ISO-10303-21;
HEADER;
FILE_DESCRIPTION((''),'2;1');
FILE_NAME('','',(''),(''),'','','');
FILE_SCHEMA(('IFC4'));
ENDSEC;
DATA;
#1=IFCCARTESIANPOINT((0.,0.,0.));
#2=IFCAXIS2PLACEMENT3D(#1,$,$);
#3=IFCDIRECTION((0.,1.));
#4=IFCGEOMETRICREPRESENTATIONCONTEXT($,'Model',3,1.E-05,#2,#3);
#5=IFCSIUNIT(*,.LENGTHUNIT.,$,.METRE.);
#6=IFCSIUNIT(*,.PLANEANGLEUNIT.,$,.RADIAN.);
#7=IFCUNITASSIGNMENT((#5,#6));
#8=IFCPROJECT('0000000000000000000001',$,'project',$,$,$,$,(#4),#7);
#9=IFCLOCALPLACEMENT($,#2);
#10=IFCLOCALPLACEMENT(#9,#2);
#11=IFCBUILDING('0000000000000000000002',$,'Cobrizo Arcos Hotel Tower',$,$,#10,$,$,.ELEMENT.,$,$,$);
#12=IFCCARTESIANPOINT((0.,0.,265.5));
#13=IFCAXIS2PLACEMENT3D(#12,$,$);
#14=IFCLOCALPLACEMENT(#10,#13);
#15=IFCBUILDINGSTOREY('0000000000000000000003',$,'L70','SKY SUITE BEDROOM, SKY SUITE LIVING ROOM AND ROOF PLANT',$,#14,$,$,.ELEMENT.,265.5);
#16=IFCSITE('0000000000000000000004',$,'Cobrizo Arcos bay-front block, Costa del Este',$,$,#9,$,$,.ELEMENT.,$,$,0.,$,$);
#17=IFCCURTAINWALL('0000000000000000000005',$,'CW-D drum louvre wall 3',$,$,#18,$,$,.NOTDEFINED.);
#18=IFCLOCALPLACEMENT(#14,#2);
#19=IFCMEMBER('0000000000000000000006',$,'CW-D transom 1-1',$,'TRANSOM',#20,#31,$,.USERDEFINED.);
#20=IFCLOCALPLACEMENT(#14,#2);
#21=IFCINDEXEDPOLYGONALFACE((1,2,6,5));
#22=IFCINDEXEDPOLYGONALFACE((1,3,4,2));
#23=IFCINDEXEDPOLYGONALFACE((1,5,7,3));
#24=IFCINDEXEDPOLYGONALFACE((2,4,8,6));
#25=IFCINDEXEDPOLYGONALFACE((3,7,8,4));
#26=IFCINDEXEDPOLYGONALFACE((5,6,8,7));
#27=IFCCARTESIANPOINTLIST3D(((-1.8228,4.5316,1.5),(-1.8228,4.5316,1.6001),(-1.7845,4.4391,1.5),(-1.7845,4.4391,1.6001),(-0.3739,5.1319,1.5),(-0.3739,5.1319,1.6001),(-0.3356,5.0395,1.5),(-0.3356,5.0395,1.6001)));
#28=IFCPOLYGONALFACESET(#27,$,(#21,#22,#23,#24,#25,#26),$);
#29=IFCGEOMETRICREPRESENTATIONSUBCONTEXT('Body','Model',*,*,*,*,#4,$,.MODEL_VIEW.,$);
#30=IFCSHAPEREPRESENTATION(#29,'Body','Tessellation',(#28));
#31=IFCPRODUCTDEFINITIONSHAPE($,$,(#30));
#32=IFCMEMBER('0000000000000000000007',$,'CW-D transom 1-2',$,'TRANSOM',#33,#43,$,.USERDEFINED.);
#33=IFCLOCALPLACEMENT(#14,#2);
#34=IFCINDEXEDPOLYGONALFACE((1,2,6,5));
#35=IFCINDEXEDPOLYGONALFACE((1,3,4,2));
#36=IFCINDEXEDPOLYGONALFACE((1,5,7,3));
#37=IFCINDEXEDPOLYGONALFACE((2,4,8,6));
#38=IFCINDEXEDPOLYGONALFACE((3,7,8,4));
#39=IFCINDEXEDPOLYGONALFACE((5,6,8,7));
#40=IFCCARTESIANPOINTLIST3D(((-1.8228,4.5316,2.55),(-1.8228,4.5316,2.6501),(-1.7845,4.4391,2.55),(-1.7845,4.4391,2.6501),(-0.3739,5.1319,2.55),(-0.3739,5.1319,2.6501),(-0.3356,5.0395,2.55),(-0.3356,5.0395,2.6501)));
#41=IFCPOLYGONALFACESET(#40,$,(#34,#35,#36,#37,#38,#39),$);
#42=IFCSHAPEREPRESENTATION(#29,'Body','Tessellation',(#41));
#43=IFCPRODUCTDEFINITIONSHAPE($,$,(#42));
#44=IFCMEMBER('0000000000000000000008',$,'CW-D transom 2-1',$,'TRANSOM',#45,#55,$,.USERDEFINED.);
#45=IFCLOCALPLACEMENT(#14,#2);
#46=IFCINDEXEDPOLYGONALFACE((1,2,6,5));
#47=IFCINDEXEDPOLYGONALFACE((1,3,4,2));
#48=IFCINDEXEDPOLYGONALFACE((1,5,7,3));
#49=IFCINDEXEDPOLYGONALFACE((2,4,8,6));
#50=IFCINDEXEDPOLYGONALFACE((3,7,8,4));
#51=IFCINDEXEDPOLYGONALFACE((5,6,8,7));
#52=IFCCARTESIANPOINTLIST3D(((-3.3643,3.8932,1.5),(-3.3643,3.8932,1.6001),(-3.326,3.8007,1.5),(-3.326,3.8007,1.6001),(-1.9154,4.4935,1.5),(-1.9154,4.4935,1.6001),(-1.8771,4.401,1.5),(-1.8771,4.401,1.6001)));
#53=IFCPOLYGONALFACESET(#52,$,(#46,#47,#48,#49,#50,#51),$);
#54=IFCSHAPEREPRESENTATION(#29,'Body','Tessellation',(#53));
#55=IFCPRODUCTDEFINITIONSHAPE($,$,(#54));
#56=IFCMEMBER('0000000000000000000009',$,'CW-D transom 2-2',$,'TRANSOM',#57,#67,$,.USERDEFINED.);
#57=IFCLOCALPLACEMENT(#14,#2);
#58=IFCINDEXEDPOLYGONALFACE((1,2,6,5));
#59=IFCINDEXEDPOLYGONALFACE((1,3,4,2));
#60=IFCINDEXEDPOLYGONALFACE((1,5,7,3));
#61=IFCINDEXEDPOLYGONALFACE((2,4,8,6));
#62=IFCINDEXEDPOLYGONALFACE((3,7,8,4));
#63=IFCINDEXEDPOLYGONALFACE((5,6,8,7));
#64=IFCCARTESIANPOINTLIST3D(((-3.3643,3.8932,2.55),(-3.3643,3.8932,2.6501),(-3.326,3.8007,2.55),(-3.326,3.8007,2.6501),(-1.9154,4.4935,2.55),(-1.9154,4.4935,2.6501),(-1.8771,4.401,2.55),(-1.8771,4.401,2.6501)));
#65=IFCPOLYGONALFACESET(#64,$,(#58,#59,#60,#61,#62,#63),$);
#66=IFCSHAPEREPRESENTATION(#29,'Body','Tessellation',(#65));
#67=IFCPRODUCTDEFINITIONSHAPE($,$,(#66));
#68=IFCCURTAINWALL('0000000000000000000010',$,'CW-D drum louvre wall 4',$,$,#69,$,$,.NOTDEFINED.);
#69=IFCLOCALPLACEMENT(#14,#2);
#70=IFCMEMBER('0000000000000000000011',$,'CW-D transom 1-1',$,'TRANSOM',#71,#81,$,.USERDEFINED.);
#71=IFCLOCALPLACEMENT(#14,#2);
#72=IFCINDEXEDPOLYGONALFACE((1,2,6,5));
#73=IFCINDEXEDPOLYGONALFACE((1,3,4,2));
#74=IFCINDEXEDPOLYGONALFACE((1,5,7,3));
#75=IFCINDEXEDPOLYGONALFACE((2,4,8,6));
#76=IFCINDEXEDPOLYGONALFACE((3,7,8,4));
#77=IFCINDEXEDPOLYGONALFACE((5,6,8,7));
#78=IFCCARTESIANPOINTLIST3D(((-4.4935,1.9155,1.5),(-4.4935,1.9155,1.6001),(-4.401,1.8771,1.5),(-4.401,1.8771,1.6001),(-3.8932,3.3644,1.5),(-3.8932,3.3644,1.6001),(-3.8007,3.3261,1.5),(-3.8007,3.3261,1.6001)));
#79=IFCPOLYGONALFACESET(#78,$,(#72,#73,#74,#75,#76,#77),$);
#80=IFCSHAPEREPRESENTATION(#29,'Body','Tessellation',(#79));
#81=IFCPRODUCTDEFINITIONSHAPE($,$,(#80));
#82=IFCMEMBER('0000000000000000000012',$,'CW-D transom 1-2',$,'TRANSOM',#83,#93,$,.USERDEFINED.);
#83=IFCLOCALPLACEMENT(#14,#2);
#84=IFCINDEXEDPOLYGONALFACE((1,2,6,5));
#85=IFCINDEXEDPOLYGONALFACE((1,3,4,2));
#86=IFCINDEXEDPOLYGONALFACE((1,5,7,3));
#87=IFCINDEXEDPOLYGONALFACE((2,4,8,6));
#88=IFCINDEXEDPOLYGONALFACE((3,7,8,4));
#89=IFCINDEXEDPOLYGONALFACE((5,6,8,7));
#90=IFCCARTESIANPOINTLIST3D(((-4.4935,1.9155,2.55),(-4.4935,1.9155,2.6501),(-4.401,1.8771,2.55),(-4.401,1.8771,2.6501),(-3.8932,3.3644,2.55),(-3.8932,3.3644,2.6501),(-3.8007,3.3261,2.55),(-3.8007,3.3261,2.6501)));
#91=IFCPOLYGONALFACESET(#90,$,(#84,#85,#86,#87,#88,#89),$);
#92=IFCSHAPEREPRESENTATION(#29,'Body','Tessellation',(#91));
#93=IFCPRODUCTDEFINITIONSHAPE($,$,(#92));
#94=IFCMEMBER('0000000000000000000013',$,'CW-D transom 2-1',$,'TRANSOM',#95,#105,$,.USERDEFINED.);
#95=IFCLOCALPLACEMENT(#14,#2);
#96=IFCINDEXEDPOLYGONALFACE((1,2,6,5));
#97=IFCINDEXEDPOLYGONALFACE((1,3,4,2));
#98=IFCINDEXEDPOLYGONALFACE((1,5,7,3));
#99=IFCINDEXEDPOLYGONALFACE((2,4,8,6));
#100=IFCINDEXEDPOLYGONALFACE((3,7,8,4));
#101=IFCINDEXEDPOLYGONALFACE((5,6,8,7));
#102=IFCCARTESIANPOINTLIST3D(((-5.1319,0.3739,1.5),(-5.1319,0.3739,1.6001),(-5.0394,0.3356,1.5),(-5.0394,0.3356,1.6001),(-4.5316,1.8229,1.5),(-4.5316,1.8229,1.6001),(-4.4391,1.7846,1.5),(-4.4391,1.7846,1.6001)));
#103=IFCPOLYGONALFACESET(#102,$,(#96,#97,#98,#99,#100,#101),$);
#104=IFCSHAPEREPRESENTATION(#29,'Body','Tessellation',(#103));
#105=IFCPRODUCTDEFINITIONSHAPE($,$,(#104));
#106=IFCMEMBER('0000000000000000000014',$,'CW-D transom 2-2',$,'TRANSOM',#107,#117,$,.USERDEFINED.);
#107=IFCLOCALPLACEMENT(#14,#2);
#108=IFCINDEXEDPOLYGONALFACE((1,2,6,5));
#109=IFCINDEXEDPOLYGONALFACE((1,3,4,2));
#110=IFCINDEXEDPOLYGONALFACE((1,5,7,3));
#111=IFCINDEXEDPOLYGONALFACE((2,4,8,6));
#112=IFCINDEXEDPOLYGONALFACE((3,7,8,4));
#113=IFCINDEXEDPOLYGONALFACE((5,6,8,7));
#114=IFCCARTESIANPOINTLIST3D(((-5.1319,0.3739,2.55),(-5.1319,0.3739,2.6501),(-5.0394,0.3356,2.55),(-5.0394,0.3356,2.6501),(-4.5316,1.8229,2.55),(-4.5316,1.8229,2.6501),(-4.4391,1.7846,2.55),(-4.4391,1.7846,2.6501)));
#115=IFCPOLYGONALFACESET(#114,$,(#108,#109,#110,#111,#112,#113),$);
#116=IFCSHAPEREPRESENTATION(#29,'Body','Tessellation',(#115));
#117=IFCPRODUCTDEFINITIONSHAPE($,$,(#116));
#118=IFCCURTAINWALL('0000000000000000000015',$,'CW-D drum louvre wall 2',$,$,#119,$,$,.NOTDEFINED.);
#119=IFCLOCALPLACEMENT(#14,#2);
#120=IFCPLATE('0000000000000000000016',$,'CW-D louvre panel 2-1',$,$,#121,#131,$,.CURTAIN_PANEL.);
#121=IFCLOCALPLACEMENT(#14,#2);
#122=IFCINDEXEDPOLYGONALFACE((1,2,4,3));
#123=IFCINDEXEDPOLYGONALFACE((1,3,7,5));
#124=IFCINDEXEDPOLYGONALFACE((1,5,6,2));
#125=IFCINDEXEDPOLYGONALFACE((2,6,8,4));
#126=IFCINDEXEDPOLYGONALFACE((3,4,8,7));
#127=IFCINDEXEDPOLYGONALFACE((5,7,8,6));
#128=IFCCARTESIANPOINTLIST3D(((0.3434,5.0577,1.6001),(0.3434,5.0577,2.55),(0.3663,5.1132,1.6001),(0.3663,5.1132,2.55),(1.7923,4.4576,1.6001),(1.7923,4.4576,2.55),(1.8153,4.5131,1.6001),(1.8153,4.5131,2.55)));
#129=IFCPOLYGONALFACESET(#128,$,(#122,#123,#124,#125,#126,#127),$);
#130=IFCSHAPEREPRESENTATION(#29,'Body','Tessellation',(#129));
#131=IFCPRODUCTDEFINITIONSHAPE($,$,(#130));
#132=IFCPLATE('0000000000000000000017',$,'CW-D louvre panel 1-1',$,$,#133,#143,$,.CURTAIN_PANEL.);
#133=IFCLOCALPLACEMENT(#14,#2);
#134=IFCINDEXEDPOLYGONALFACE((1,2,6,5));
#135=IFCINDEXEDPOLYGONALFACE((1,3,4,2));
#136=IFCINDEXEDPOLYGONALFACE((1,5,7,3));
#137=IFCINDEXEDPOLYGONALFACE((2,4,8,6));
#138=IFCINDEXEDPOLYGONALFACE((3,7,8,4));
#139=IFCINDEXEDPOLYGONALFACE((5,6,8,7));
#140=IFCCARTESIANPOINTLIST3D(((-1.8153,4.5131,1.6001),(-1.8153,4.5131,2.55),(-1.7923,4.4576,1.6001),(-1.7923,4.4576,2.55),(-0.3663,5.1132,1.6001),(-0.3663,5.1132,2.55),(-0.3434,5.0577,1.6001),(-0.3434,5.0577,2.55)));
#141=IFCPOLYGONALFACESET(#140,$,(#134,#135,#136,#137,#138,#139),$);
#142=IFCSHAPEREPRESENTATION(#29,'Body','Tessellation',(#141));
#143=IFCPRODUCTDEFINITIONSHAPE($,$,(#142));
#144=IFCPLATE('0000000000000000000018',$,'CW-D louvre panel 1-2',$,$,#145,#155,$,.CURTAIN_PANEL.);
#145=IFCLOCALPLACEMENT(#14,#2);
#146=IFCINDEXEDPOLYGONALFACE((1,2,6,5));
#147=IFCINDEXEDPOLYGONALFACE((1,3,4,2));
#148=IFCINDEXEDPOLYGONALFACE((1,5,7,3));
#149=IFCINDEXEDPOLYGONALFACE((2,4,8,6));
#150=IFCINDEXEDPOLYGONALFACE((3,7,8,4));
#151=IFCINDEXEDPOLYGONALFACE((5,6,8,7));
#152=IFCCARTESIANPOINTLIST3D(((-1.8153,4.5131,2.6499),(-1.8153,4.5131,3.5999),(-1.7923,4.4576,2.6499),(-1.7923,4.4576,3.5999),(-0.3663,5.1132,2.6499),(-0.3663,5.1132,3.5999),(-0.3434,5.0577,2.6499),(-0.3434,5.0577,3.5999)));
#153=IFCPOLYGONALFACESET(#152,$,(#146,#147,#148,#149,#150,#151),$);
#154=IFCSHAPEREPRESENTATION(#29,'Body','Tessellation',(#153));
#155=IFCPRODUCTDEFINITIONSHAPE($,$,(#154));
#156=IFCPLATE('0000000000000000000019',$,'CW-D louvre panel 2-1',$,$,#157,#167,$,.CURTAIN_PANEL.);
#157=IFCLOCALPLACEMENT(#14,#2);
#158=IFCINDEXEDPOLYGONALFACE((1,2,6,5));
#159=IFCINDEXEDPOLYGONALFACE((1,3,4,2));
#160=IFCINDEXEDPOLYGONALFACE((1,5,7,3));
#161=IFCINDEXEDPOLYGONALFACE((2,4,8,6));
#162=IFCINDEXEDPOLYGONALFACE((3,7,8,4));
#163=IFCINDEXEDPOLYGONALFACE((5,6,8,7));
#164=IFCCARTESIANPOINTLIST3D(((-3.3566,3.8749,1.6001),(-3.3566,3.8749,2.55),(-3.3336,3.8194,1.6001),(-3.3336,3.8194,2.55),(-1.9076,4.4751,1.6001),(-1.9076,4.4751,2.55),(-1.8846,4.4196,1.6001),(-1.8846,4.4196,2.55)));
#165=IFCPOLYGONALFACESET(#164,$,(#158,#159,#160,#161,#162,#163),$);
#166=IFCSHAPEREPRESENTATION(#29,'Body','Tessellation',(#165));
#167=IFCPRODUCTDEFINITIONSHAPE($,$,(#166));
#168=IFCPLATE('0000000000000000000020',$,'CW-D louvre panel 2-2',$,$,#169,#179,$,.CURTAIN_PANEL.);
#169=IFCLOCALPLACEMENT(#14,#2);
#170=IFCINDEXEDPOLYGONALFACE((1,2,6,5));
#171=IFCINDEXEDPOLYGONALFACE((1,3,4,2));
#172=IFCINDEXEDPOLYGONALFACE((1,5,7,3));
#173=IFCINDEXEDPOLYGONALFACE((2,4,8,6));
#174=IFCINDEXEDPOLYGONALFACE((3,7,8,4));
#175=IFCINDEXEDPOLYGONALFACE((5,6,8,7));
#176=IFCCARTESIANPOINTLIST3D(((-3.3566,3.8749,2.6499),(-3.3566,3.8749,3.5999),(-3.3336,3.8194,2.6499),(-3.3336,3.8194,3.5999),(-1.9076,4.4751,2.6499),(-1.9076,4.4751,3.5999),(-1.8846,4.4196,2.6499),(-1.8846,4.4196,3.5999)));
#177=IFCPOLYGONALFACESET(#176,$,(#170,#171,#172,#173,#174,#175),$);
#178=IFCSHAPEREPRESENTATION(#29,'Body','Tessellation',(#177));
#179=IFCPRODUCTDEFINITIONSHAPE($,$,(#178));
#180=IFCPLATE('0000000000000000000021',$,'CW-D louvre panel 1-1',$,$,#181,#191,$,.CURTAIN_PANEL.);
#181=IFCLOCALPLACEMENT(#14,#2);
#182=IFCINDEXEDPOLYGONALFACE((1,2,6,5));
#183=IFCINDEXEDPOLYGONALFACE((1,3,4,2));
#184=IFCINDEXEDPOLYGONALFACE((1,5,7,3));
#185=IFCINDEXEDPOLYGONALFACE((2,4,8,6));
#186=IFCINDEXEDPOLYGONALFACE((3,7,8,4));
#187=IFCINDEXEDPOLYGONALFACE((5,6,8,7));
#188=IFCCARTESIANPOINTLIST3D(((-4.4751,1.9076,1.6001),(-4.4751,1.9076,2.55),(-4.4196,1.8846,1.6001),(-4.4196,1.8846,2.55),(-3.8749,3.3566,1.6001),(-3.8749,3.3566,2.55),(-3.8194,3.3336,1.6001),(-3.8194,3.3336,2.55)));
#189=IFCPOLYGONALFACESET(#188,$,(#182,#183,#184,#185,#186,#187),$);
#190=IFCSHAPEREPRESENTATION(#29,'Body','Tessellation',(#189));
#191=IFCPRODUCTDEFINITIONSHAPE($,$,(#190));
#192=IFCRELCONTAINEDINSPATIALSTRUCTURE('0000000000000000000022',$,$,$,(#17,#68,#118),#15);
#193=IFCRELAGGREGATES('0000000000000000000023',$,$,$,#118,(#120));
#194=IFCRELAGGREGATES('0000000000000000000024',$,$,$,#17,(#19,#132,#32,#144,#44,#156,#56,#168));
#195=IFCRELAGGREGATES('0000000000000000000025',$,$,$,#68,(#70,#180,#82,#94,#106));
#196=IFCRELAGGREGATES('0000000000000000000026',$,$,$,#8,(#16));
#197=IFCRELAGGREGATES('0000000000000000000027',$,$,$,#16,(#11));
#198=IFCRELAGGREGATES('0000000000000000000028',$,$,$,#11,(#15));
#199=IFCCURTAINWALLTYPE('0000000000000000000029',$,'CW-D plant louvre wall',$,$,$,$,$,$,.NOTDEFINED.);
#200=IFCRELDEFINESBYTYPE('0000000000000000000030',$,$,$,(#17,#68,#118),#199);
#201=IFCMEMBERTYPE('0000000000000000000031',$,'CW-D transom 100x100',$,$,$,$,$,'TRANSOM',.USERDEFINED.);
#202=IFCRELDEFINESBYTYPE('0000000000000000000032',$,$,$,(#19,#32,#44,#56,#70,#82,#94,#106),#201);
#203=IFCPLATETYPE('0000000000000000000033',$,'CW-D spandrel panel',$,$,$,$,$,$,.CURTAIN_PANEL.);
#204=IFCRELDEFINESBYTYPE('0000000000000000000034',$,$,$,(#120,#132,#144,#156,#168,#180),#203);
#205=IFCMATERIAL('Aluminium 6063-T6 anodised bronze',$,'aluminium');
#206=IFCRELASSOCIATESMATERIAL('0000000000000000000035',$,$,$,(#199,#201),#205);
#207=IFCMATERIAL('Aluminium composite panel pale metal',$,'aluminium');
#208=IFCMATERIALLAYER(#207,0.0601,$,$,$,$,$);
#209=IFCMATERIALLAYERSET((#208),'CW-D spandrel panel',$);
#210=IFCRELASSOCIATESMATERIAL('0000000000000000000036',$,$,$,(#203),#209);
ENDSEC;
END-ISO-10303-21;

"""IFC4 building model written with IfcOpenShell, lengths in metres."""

from ifc_helpers import new_model, si_unit, direction, frame, origin, origin_2d, place, context, subcontext, project, spatial, rectangle, extrude, material, layer, layer_set, material_profile, profile_set, type_object, element, aggregate, save


model = new_model("IFC4")

# Units and contexts
model_context = context("Model", 3, precision=1e-05, world=origin(), true_north=direction((0.0, 1.0)))
body_context = subcontext(model_context, "Body", "Model", "MODEL_VIEW")
ifc_project = project(units=[si_unit("LENGTHUNIT", "METRE"), si_unit("PLANEANGLEUNIT", "RADIAN")], contexts=[model_context])

# Site, building, storey
site_placement = place(None, origin())
site = spatial("IfcSite", under=ifc_project, at=site_placement, Name="Cobrizo Arcos bay-front block, Costa del Este", CompositionType="ELEMENT", RefElevation=0.0)
building_placement = place(site_placement, origin())
building = spatial("IfcBuilding", under=site, at=building_placement, Name="Cobrizo Arcos Hotel Tower", CompositionType="ELEMENT")
storey_placement = place(building_placement, frame((0.0, 0.0, 265.5)))
storey = spatial("IfcBuildingStorey", under=building, at=storey_placement, Name="L70", Description="SKY SUITE BEDROOM, SKY SUITE LIVING ROOM AND ROOF PLANT", CompositionType="ELEMENT", Elevation=265.5)

# Curtain walls, members
ifc_material_1 = material(Name="Aluminium 6063-T6 anodised bronze", Category="aluminium")
curtain_wall_type = type_object("IfcCurtainWallType", Name="CW-D plant louvre wall", PredefinedType="NOTDEFINED", material=ifc_material_1)
curtain_wall_1_placement = place(storey_placement, origin())
curtain_wall_1 = element("IfcCurtainWall", 1, at=curtain_wall_1_placement, inside=storey, type_object=curtain_wall_type, Name="CW-D drum louvre wall 3", PredefinedType="NOTDEFINED")
ifc_material_profile = material_profile(ifc_material_1, rectangle(XDim=0.1001, YDim=0.1001, at=origin_2d()), Name="CW-D transom 100x100")
ifc_profile_set = profile_set([ifc_material_profile], Name="Aluminium 6063-T6 anodised bronze")
member_type = type_object("IfcMemberType", Name="CW-D transom 100x100", ElementType="TRANSOM", PredefinedType="USERDEFINED", material=ifc_profile_set)
member_1_placement = place(storey_placement, frame((-0.3547, 5.0857, 1.55), z_axis=(-0.923844, -0.382769, 0.0), x_axis=(0.382769, -0.923844, 0.0)))
member_1 = element("IfcMember", 2, at=member_1_placement, type_object=member_type, Name="CW-D transom 1-1", ObjectType="TRANSOM", PredefinedType="USERDEFINED", context=body_context, shape_type="SweptSolid", body=[
    extrude(rectangle(XDim=0.1001, YDim=0.1001, at=origin_2d()), origin(), (0.0, 0.0, 1.0), 1.5684),
])
member_2_placement = place(storey_placement, frame((-0.3547, 5.0857, 2.6001), z_axis=(-0.923844, -0.382769, 0.0), x_axis=(0.382769, -0.923844, 0.0)))
member_2 = element("IfcMember", 3, at=member_2_placement, type_object=member_type, Name="CW-D transom 1-2", ObjectType="TRANSOM", PredefinedType="USERDEFINED", context=body_context, shape_type="SweptSolid", body=[
    extrude(rectangle(XDim=0.1001, YDim=0.1001, at=origin_2d()), origin(), (0.0, 0.0, 1.0), 1.5684),
])
member_3_placement = place(storey_placement, frame((-1.8962, 4.4473, 1.55), z_axis=(-0.923844, -0.382769, 0.0), x_axis=(0.382769, -0.923844, 0.0)))
member_3 = element("IfcMember", 4, at=member_3_placement, type_object=member_type, Name="CW-D transom 2-1", ObjectType="TRANSOM", PredefinedType="USERDEFINED", context=body_context, shape_type="SweptSolid", body=[
    extrude(rectangle(XDim=0.1001, YDim=0.1001, at=origin_2d()), origin(), (0.0, 0.0, 1.0), 1.5684),
])
member_4_placement = place(storey_placement, frame((-1.8962, 4.4473, 2.6001), z_axis=(-0.923844, -0.382769, 0.0), x_axis=(0.382769, -0.923844, 0.0)))
member_4 = element("IfcMember", 5, at=member_4_placement, type_object=member_type, Name="CW-D transom 2-2", ObjectType="TRANSOM", PredefinedType="USERDEFINED", context=body_context, shape_type="SweptSolid", body=[
    extrude(rectangle(XDim=0.1001, YDim=0.1001, at=origin_2d()), origin(), (0.0, 0.0, 1.0), 1.5684),
])
curtain_wall_2_placement = place(storey_placement, origin())
curtain_wall_2 = element("IfcCurtainWall", 6, at=curtain_wall_2_placement, inside=storey, type_object=curtain_wall_type, Name="CW-D drum louvre wall 4", PredefinedType="NOTDEFINED")
member_5_placement = place(storey_placement, frame((-3.8469, 3.3452, 1.55), z_axis=(-0.382769, -0.923844, 0.0), x_axis=(0.923844, -0.382769, 0.0)))
member_5 = element("IfcMember", 7, at=member_5_placement, type_object=member_type, Name="CW-D transom 1-1", ObjectType="TRANSOM", PredefinedType="USERDEFINED", context=body_context, shape_type="SweptSolid", body=[
    extrude(rectangle(XDim=0.1001, YDim=0.1001, at=origin_2d()), origin(), (0.0, 0.0, 1.0), 1.5684),
])
member_6_placement = place(storey_placement, frame((-3.8469, 3.3452, 2.6001), z_axis=(-0.382769, -0.923844, 0.0), x_axis=(0.923844, -0.382769, 0.0)))
member_6 = element("IfcMember", 8, at=member_6_placement, type_object=member_type, Name="CW-D transom 1-2", ObjectType="TRANSOM", PredefinedType="USERDEFINED", context=body_context, shape_type="SweptSolid", body=[
    extrude(rectangle(XDim=0.1001, YDim=0.1001, at=origin_2d()), origin(), (0.0, 0.0, 1.0), 1.5684),
])
member_7_placement = place(storey_placement, frame((-4.4854, 1.8037, 1.55), z_axis=(-0.382769, -0.923844, 0.0), x_axis=(0.923844, -0.382769, 0.0)))
member_7 = element("IfcMember", 9, at=member_7_placement, type_object=member_type, Name="CW-D transom 2-1", ObjectType="TRANSOM", PredefinedType="USERDEFINED", context=body_context, shape_type="SweptSolid", body=[
    extrude(rectangle(XDim=0.1001, YDim=0.1001, at=origin_2d()), origin(), (0.0, 0.0, 1.0), 1.5684),
])
member_8_placement = place(storey_placement, frame((-4.4854, 1.8037, 2.6001), z_axis=(-0.382769, -0.923844, 0.0), x_axis=(0.923844, -0.382769, 0.0)))
member_8 = element("IfcMember", 10, at=member_8_placement, type_object=member_type, Name="CW-D transom 2-2", ObjectType="TRANSOM", PredefinedType="USERDEFINED", context=body_context, shape_type="SweptSolid", body=[
    extrude(rectangle(XDim=0.1001, YDim=0.1001, at=origin_2d()), origin(), (0.0, 0.0, 1.0), 1.5684),
])

# Curtain wall, plate
curtain_wall_3_placement = place(storey_placement, origin())
curtain_wall_3 = element("IfcCurtainWall", 11, at=curtain_wall_3_placement, inside=storey, type_object=curtain_wall_type, Name="CW-D drum louvre wall 2", PredefinedType="NOTDEFINED")
ifc_material_2 = material(Name="Aluminium composite panel pale metal", Category="aluminium")
ifc_layer_1 = layer(ifc_material_2, 0.0601)
ifc_layer_set_1 = layer_set([ifc_layer_1], Name="CW-D spandrel panel")
plate_type = type_object("IfcPlateType", Name="CW-D spandrel panel", PredefinedType="CURTAIN_PANEL", material=ifc_layer_set_1)
plate_1_placement = place(storey_placement, frame((1.0793, 4.7854, 1.6001), z_axis=(0.0, 0.0, 1.0), x_axis=(-0.92388, 0.382683, 0.0)))
plate_1 = element("IfcPlate", 12, at=plate_1_placement, type_object=plate_type, Name="CW-D louvre panel 2-1", PredefinedType="CURTAIN_PANEL", context=body_context, shape_type="SweptSolid", body=[
    extrude(rectangle(XDim=1.5684, YDim=0.0601, at=origin_2d()), origin(), (0.0, 0.0, 1.0), 0.95),
])
aggregate(curtain_wall_3, [plate_1])

# Plates
plate_2_placement = place(storey_placement, frame((-1.0793, 4.7854, 1.6001), z_axis=(0.0, 0.0, 1.0), x_axis=(-0.92388, -0.382683, 0.0)))
plate_2 = element("IfcPlate", 13, at=plate_2_placement, type_object=plate_type, Name="CW-D louvre panel 1-1", PredefinedType="CURTAIN_PANEL", context=body_context, shape_type="SweptSolid", body=[
    extrude(rectangle(XDim=1.5684, YDim=0.0601, at=origin_2d()), origin(), (0.0, 0.0, 1.0), 0.95),
])
plate_3_placement = place(storey_placement, frame((-1.0793, 4.7854, 2.6499), z_axis=(0.0, 0.0, 1.0), x_axis=(-0.92388, -0.382683, 0.0)))
plate_3 = element("IfcPlate", 14, at=plate_3_placement, type_object=plate_type, Name="CW-D louvre panel 1-2", PredefinedType="CURTAIN_PANEL", context=body_context, shape_type="SweptSolid", body=[
    extrude(rectangle(XDim=1.5684, YDim=0.0601, at=origin_2d()), origin(), (0.0, 0.0, 1.0), 0.95),
])
plate_4_placement = place(storey_placement, frame((-2.6206, 4.1472, 1.6001), z_axis=(0.0, 0.0, 1.0), x_axis=(-0.92388, -0.382683, 0.0)))
plate_4 = element("IfcPlate", 15, at=plate_4_placement, type_object=plate_type, Name="CW-D louvre panel 2-1", PredefinedType="CURTAIN_PANEL", context=body_context, shape_type="SweptSolid", body=[
    extrude(rectangle(XDim=1.5684, YDim=0.0601, at=origin_2d()), origin(), (0.0, 0.0, 1.0), 0.95),
])
plate_5_placement = place(storey_placement, frame((-2.6206, 4.1472, 2.6499), z_axis=(0.0, 0.0, 1.0), x_axis=(-0.92388, -0.382683, 0.0)))
plate_5 = element("IfcPlate", 16, at=plate_5_placement, type_object=plate_type, Name="CW-D louvre panel 2-2", PredefinedType="CURTAIN_PANEL", context=body_context, shape_type="SweptSolid", body=[
    extrude(rectangle(XDim=1.5684, YDim=0.0601, at=origin_2d()), origin(), (0.0, 0.0, 1.0), 0.95),
])
aggregate(curtain_wall_1, [member_1, plate_2, member_2, plate_3, member_3, plate_4, member_4, plate_5])
plate_6_placement = place(storey_placement, frame((-4.1472, 2.6206, 1.6001), z_axis=(0.0, 0.0, 1.0), x_axis=(-0.382683, -0.92388, 0.0)))
plate_6 = element("IfcPlate", 17, at=plate_6_placement, type_object=plate_type, Name="CW-D louvre panel 1-1", PredefinedType="CURTAIN_PANEL", context=body_context, shape_type="SweptSolid", body=[
    extrude(rectangle(XDim=1.5684, YDim=0.0601, at=origin_2d()), origin(), (0.0, 0.0, 1.0), 0.95),
])
aggregate(curtain_wall_2, [member_5, plate_6, member_6, member_7, member_8])

save(model, "model.ifc")
